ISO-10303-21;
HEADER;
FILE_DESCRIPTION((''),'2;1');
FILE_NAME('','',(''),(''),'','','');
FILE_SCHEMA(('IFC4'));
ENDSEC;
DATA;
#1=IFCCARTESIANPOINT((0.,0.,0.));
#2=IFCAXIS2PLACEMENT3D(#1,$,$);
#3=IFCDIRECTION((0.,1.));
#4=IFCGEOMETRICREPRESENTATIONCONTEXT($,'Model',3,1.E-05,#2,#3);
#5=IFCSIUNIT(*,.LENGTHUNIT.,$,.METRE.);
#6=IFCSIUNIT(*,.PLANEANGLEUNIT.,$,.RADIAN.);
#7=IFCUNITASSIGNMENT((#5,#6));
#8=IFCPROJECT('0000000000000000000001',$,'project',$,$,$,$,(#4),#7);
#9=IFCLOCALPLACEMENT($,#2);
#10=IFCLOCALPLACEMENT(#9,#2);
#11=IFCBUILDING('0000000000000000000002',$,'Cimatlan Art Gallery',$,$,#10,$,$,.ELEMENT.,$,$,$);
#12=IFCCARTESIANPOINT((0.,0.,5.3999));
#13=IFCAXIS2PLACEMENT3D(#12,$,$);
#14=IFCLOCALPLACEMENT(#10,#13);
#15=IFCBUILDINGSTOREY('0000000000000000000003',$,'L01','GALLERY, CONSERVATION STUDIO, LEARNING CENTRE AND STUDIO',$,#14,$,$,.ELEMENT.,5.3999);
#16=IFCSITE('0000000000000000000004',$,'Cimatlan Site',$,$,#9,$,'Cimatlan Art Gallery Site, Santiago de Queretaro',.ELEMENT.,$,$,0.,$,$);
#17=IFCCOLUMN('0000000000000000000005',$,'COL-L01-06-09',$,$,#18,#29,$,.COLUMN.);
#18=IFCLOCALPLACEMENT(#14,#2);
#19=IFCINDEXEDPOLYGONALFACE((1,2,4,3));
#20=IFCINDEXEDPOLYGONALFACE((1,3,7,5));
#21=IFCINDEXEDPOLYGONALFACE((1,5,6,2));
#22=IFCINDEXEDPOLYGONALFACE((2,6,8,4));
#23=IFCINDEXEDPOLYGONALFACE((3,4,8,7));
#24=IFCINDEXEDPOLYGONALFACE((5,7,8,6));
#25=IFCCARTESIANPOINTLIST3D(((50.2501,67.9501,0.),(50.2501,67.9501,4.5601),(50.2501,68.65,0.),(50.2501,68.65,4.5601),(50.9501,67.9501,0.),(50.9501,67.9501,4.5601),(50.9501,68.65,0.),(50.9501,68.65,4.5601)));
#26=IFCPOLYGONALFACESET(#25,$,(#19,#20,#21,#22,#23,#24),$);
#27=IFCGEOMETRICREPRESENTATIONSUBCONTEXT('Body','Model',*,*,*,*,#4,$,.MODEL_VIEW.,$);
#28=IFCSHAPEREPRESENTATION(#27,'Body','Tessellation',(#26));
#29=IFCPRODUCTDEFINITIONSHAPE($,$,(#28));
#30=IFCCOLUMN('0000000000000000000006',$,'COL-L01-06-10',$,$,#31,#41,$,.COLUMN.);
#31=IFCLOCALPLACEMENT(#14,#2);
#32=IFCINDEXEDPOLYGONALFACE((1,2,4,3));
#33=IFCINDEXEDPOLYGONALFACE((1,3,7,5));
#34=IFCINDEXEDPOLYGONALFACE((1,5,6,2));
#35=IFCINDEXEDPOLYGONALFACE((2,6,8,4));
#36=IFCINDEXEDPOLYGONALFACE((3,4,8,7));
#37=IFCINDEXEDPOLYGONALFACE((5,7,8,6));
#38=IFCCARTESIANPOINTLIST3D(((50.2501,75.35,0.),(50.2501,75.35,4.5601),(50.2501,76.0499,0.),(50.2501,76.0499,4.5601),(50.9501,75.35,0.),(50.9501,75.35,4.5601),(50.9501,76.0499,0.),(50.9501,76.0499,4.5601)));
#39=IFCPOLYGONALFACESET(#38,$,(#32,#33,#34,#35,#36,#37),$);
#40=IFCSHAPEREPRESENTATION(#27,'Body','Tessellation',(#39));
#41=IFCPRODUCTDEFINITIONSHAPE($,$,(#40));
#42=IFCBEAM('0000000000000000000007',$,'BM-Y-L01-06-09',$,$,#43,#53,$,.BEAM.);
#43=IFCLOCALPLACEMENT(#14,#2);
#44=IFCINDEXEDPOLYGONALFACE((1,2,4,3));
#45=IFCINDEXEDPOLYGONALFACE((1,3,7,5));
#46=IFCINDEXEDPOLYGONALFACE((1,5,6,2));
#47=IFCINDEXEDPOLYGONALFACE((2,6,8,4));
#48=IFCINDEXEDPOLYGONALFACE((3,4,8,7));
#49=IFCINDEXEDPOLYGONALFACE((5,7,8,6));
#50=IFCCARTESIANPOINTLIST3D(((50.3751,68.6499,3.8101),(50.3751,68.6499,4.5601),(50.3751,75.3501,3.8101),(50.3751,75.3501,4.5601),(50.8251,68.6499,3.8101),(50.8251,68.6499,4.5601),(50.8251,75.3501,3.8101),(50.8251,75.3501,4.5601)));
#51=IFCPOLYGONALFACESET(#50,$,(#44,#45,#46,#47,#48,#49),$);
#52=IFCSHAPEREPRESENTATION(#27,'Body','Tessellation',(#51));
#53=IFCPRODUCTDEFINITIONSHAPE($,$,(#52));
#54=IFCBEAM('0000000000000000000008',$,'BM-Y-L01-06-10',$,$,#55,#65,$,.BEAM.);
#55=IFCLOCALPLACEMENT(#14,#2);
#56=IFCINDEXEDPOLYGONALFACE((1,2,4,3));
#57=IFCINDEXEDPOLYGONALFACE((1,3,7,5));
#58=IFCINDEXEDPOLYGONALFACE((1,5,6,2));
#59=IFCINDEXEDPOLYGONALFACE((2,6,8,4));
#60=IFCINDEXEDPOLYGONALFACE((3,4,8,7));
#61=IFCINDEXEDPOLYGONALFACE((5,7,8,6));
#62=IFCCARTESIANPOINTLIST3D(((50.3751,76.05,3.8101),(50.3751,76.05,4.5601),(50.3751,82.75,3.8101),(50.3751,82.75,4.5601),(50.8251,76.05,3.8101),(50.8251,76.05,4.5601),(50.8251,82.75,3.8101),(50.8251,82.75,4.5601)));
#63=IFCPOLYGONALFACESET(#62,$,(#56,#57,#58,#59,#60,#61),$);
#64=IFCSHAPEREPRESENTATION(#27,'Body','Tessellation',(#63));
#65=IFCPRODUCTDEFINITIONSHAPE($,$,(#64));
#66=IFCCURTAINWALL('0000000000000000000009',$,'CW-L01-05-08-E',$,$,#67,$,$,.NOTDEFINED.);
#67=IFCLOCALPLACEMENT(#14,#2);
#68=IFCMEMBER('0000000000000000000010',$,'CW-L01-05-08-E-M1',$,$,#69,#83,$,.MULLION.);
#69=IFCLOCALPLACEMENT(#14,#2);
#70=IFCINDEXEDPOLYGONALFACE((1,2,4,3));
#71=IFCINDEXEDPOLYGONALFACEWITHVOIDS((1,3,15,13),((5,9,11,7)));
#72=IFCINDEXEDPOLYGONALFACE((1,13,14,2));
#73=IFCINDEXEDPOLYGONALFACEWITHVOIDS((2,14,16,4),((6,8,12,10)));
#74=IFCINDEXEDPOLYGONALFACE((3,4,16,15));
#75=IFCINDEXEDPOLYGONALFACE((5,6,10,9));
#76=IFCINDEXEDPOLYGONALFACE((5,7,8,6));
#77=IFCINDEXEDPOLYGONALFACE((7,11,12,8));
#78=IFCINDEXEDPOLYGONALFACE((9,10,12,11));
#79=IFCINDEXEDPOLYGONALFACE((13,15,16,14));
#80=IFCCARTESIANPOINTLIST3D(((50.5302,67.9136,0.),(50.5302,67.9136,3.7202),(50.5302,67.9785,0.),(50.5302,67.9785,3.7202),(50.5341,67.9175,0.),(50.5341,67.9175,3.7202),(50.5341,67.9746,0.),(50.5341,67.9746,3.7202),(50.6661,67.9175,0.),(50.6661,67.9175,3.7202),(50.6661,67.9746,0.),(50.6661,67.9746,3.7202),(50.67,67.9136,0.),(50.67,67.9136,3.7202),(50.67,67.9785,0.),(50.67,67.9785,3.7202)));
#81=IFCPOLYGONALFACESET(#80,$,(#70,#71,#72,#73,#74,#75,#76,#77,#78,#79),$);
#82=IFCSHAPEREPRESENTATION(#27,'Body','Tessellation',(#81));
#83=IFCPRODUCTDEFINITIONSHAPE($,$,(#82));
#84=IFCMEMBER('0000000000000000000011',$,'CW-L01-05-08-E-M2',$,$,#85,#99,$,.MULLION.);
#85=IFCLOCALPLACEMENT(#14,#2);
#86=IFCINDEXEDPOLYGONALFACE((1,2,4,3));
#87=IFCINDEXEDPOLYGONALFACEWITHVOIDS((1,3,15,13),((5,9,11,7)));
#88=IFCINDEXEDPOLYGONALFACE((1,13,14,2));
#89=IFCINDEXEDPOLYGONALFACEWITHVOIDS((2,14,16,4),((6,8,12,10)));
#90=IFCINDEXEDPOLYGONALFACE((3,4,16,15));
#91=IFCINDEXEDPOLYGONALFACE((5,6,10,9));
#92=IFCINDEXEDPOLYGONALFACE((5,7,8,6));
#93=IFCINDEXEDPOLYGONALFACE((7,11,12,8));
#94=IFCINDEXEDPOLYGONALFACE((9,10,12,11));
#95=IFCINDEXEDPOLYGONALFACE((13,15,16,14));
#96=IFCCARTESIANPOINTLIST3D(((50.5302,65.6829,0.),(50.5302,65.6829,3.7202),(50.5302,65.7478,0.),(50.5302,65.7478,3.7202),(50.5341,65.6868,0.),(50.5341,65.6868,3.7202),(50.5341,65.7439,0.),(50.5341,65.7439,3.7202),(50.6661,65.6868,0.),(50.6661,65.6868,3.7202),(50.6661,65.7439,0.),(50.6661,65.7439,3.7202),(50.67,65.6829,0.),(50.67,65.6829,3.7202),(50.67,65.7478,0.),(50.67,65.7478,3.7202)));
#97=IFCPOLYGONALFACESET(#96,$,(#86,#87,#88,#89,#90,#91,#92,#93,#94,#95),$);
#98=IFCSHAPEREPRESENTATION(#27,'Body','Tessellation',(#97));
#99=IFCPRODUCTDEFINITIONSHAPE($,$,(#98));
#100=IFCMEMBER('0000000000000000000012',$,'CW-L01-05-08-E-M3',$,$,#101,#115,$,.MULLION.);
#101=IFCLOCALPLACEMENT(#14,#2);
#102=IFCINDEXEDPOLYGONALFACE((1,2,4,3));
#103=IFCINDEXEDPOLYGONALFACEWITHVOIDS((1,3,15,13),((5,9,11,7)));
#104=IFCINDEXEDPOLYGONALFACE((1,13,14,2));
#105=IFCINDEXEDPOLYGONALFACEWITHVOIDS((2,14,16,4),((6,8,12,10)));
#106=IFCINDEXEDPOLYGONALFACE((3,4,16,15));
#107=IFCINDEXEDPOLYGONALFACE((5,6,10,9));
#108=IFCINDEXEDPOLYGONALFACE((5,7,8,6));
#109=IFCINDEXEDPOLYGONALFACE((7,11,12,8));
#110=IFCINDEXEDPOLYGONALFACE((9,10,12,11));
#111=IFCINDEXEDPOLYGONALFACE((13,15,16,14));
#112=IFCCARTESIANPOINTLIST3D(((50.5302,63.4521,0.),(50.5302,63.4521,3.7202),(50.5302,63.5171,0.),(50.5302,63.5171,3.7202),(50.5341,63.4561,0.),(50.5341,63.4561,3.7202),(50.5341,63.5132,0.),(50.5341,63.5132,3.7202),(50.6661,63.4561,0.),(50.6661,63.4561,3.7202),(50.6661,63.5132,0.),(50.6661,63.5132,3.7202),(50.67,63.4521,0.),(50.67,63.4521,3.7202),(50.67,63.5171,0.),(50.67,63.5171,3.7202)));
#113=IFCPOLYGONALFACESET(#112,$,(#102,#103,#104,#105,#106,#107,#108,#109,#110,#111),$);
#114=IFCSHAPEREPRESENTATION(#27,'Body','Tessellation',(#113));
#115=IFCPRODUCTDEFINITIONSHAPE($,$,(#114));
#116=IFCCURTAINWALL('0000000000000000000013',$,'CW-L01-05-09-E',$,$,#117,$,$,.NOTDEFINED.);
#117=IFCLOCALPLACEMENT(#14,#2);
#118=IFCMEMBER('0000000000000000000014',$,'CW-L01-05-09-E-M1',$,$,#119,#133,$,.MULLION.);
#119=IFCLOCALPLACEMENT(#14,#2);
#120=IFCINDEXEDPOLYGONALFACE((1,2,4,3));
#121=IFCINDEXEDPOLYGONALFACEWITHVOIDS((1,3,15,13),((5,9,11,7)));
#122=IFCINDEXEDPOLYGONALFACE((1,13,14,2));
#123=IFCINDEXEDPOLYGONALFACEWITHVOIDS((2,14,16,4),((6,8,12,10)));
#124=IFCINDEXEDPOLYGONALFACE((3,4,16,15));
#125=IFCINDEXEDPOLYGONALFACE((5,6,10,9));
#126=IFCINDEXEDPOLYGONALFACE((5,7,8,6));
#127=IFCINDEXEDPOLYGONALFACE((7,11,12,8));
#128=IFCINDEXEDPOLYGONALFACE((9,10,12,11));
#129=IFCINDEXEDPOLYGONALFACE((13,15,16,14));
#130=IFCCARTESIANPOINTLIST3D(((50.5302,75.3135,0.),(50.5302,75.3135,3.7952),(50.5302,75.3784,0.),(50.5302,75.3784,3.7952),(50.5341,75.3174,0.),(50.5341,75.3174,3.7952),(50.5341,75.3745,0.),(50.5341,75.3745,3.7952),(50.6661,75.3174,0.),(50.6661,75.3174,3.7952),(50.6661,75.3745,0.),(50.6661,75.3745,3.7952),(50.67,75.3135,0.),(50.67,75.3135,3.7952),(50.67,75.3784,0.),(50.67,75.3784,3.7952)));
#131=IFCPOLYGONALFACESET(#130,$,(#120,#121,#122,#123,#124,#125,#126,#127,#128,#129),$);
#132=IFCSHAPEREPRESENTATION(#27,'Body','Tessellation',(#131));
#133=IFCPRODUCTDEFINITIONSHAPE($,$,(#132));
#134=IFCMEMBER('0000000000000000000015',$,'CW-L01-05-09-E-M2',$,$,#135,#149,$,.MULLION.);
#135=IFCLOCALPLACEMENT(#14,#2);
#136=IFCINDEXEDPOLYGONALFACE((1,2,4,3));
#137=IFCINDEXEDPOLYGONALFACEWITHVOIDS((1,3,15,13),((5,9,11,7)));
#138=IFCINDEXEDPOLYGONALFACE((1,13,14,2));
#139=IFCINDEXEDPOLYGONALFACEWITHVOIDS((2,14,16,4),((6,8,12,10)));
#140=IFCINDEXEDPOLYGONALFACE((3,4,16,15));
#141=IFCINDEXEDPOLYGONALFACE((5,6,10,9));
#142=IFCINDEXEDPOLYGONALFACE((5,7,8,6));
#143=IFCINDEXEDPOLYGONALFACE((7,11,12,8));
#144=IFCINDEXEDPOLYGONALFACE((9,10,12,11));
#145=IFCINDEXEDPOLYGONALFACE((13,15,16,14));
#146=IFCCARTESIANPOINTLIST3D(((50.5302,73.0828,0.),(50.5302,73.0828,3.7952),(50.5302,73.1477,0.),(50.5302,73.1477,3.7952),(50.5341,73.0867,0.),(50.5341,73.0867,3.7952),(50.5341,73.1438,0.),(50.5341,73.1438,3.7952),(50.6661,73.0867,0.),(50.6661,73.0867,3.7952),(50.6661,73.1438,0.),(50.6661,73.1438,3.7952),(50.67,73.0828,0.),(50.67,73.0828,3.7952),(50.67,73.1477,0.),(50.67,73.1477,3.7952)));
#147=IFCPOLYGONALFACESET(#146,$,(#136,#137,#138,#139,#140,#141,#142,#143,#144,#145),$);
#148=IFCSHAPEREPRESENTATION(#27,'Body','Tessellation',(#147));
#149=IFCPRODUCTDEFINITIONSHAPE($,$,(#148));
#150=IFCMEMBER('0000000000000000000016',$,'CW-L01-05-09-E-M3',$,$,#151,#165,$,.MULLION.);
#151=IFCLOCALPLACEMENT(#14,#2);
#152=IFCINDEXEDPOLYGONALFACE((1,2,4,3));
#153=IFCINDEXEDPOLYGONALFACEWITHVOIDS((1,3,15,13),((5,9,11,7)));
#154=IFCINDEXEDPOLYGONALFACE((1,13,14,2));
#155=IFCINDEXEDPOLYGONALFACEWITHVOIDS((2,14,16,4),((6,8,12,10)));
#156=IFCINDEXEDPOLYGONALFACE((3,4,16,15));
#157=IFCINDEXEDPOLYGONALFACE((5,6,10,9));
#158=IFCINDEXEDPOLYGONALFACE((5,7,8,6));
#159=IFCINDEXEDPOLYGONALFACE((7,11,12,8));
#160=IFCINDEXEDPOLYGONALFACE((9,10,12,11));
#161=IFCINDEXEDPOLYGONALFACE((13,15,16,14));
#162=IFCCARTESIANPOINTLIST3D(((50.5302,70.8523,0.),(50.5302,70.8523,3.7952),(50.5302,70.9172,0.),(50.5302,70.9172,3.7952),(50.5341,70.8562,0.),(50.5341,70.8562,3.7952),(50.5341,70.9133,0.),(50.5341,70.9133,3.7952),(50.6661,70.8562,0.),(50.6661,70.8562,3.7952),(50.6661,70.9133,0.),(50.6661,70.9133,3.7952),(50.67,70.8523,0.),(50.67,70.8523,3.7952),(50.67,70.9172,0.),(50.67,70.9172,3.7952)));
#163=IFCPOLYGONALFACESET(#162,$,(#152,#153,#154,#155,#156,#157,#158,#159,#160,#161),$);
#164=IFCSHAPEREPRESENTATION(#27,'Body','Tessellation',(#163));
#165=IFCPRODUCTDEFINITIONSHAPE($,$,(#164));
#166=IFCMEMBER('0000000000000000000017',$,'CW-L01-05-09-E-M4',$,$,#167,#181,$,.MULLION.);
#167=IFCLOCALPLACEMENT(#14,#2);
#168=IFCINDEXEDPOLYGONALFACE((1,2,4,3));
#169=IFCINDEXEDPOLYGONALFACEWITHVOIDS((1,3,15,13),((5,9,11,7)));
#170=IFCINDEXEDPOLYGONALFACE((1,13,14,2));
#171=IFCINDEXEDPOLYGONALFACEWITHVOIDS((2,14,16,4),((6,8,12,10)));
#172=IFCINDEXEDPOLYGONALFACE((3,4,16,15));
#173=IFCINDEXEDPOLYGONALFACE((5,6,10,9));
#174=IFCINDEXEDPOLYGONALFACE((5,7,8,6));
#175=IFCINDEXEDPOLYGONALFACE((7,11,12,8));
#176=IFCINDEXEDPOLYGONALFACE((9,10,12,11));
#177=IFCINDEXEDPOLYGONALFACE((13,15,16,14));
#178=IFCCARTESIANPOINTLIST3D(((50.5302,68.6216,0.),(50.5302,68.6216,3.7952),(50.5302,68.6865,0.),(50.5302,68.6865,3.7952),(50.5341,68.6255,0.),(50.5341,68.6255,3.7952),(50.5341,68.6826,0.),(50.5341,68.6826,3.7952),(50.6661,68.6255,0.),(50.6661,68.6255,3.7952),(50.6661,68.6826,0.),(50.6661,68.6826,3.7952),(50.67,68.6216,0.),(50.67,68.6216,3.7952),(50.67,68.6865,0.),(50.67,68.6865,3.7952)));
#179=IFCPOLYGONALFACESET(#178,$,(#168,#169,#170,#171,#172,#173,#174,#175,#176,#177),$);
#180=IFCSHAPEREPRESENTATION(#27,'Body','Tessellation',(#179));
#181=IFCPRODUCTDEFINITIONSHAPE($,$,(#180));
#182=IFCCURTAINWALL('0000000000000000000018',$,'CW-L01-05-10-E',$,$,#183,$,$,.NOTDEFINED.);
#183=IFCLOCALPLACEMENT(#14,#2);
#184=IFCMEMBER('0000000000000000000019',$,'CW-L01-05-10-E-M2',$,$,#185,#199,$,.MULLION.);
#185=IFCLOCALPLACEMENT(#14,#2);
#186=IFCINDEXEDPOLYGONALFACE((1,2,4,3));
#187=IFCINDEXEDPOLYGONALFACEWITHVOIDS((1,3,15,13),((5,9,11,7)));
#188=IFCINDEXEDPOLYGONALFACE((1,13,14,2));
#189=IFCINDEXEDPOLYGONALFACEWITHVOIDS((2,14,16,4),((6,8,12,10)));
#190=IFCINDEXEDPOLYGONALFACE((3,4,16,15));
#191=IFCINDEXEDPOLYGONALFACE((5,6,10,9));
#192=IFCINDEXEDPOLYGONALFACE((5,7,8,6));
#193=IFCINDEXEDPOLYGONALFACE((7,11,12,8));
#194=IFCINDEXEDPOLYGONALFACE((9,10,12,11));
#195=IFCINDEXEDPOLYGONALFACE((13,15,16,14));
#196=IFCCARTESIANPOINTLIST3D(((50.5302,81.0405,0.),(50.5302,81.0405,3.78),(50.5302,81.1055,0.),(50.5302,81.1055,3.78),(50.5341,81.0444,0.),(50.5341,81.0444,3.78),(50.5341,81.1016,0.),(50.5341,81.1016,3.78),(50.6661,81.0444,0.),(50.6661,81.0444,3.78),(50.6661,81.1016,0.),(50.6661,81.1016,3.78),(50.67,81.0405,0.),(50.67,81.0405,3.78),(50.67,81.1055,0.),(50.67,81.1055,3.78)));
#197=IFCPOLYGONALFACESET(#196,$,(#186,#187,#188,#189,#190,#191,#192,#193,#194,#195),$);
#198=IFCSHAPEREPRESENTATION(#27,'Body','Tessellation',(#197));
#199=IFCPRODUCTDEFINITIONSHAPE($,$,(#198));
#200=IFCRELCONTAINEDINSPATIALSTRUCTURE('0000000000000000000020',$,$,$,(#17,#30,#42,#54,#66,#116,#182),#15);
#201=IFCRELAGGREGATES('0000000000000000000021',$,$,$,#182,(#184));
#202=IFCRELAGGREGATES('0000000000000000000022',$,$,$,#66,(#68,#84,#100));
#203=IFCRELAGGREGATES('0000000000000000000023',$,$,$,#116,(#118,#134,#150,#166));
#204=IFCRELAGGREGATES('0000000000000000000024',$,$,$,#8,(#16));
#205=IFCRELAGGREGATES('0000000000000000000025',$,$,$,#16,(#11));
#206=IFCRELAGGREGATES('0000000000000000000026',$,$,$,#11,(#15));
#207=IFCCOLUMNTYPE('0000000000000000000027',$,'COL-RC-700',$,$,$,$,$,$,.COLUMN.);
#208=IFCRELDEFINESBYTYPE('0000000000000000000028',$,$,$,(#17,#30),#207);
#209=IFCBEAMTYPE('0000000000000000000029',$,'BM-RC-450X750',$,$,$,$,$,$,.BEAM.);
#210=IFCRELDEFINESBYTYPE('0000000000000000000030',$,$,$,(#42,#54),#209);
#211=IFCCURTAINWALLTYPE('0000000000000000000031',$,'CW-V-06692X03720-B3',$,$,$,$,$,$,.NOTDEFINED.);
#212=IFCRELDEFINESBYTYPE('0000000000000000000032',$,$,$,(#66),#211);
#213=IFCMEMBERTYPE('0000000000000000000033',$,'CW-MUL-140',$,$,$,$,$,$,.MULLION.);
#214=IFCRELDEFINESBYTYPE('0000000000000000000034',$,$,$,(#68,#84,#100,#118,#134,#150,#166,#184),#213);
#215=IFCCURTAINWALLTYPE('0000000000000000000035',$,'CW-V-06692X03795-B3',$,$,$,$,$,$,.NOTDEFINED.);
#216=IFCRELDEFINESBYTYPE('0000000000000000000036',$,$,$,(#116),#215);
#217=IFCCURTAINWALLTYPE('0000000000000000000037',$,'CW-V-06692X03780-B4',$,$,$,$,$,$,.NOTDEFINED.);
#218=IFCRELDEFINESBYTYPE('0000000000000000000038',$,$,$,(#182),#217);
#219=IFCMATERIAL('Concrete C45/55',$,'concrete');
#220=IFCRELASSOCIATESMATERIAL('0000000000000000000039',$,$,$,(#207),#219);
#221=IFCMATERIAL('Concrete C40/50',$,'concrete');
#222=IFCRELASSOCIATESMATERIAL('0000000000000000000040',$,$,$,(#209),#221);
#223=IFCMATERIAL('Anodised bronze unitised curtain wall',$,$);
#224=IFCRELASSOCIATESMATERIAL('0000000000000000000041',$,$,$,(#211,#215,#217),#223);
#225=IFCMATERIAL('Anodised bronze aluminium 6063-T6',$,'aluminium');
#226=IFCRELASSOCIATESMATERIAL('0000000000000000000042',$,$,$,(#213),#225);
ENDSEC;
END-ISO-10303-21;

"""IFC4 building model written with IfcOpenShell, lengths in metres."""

from ifc_helpers import new_model, si_unit, direction, frame, origin, origin_2d, place, context, subcontext, project, spatial, rectangle, hollow_rectangle, extrude, material, material_profile, profile_set, type_object, element, aggregate, save


model = new_model("IFC4")

# Units and contexts
model_context = context("Model", 3, precision=1e-05, world=origin(), true_north=direction((0.0, 1.0)))
body_context = subcontext(model_context, "Body", "Model", "MODEL_VIEW")
ifc_project = project(units=[si_unit("LENGTHUNIT", "METRE"), si_unit("PLANEANGLEUNIT", "RADIAN")], contexts=[model_context])

# Site, building, storey
site_placement = place(None, origin())
site = spatial("IfcSite", under=ifc_project, at=site_placement, Name="Cimatlan Site", LongName="Cimatlan Art Gallery Site, Santiago de Queretaro", CompositionType="ELEMENT", RefElevation=0.0)
building_placement = place(site_placement, origin())
building = spatial("IfcBuilding", under=site, at=building_placement, Name="Cimatlan Art Gallery", CompositionType="ELEMENT")
storey_placement = place(building_placement, frame((0.0, 0.0, 5.3999)))
storey = spatial("IfcBuildingStorey", under=building, at=storey_placement, Name="L01", Description="GALLERY, CONSERVATION STUDIO, LEARNING CENTRE AND STUDIO", CompositionType="ELEMENT", Elevation=5.3999)

# Columns
ifc_material_1 = material(Name="Concrete C45/55", Category="concrete")
ifc_material_profile_1 = material_profile(ifc_material_1, rectangle(XDim=0.7, YDim=0.7, at=origin_2d()), Name="RC700X700")
ifc_profile_set_1 = profile_set([ifc_material_profile_1], Name="Concrete C45/55")
column_type = type_object("IfcColumnType", Name="COL-RC-700", PredefinedType="COLUMN", material=ifc_profile_set_1)
for number, where, z_axis, x_axis, name in (
    (1, (50.6001, 68.3, 0.0), (0.0, 0.0, 1.0), (1.0, 0.0, 0.0), "COL-L01-06-09"),
    (2, (50.6001, 75.7, 0.0), (0.0, 0.0, 1.0), (1.0, 0.0, 0.0), "COL-L01-06-10"),
):
    element("IfcColumn", number, at=place(storey_placement, frame(where, z_axis=z_axis, x_axis=x_axis)), inside=storey, type_object=column_type, Name=name, PredefinedType="COLUMN", context=body_context, shape_type="SweptSolid", body=[
        extrude(rectangle(XDim=0.7, YDim=0.7, at=origin_2d()), origin(), (0.0, 0.0, 1.0), 4.5601),
    ])

# Beams
ifc_material_2 = material(Name="Concrete C40/50", Category="concrete")
ifc_material_profile_2 = material_profile(ifc_material_2, rectangle(XDim=0.45, YDim=0.75, at=origin_2d()), Name="RC450X750")
ifc_profile_set_2 = profile_set([ifc_material_profile_2], Name="Concrete C40/50")
beam_type = type_object("IfcBeamType", Name="BM-RC-450X750", PredefinedType="BEAM", material=ifc_profile_set_2)
beam_1_placement = place(storey_placement, frame((50.6001, 68.6499, 4.1851), z_axis=(0.0, 1.0, 0.0), x_axis=(-1.0, 0.0, 0.0)))
element("IfcBeam", 3, at=beam_1_placement, inside=storey, type_object=beam_type, Name="BM-Y-L01-06-09", PredefinedType="BEAM", context=body_context, shape_type="SweptSolid", body=[
    extrude(rectangle(XDim=0.45, YDim=0.75, at=origin_2d()), origin(), (0.0, 0.0, 1.0), 6.7002),
])
beam_2_placement = place(storey_placement, frame((50.6001, 76.05, 4.1851), z_axis=(0.0, 1.0, 0.0), x_axis=(-1.0, 0.0, 0.0)))
element("IfcBeam", 4, at=beam_2_placement, inside=storey, type_object=beam_type, Name="BM-Y-L01-06-10", PredefinedType="BEAM", context=body_context, shape_type="SweptSolid", body=[
    extrude(rectangle(XDim=0.45, YDim=0.75, at=origin_2d()), origin(), (0.0, 0.0, 1.0), 6.7),
])

# Curtain walls, members
ifc_material_3 = material(Name="Anodised bronze unitised curtain wall")
curtain_wall_type_1 = type_object("IfcCurtainWallType", Name="CW-V-06692X03720-B3", PredefinedType="NOTDEFINED", material=ifc_material_3)
curtain_wall_1_placement = place(storey_placement, origin())
curtain_wall_1 = element("IfcCurtainWall", 5, at=curtain_wall_1_placement, inside=storey, type_object=curtain_wall_type_1, Name="CW-L01-05-08-E", PredefinedType="NOTDEFINED")
ifc_material_4 = material(Name="Anodised bronze aluminium 6063-T6", Category="aluminium")
ifc_material_profile_3 = material_profile(ifc_material_4, hollow_rectangle(XDim=0.0649, YDim=0.1399, WallThickness=0.0039, at=origin_2d()), Name="ALU65X140X4")
ifc_profile_set_3 = profile_set([ifc_material_profile_3], Name="Anodised bronze aluminium 6063-T6")
member_type_1 = type_object("IfcMemberType", Name="CW-MUL-140", PredefinedType="MULLION", material=ifc_profile_set_3)
member_1_placement = place(storey_placement, frame((50.6001, 67.946, 0.0), z_axis=(0.0, 0.0, 1.0), x_axis=(0.0, 1.0, 0.0)))
member_1 = element("IfcMember", 6, at=member_1_placement, type_object=member_type_1, Name="CW-L01-05-08-E-M1", PredefinedType="MULLION", context=body_context, shape_type="SweptSolid", body=[
    extrude(hollow_rectangle(XDim=0.0649, YDim=0.1399, WallThickness=0.0039, at=origin_2d()), origin(), (0.0, 0.0, 1.0), 3.7202),
])
member_2_placement = place(storey_placement, frame((50.6001, 65.7153, 0.0), z_axis=(0.0, 0.0, 1.0), x_axis=(0.0, 1.0, 0.0)))
member_2 = element("IfcMember", 7, at=member_2_placement, type_object=member_type_1, Name="CW-L01-05-08-E-M2", PredefinedType="MULLION", context=body_context, shape_type="SweptSolid", body=[
    extrude(hollow_rectangle(XDim=0.0649, YDim=0.1399, WallThickness=0.0039, at=origin_2d()), origin(), (0.0, 0.0, 1.0), 3.7202),
])
member_3_placement = place(storey_placement, frame((50.6001, 63.4846, 0.0), z_axis=(0.0, 0.0, 1.0), x_axis=(0.0, 1.0, 0.0)))
member_3 = element("IfcMember", 8, at=member_3_placement, type_object=member_type_1, Name="CW-L01-05-08-E-M3", PredefinedType="MULLION", context=body_context, shape_type="SweptSolid", body=[
    extrude(hollow_rectangle(XDim=0.0649, YDim=0.1399, WallThickness=0.0039, at=origin_2d()), origin(), (0.0, 0.0, 1.0), 3.7202),
])
curtain_wall_type_2 = type_object("IfcCurtainWallType", Name="CW-V-06692X03795-B3", PredefinedType="NOTDEFINED", material=ifc_material_3)
curtain_wall_2_placement = place(storey_placement, origin())
curtain_wall_2 = element("IfcCurtainWall", 9, at=curtain_wall_2_placement, inside=storey, type_object=curtain_wall_type_2, Name="CW-L01-05-09-E", PredefinedType="NOTDEFINED")
member_4_placement = place(storey_placement, frame((50.6001, 75.3459, 0.0), z_axis=(0.0, 0.0, 1.0), x_axis=(0.0, 1.0, 0.0)))
member_4 = element("IfcMember", 10, at=member_4_placement, type_object=member_type_1, Name="CW-L01-05-09-E-M1", PredefinedType="MULLION", context=body_context, shape_type="SweptSolid", body=[
    extrude(hollow_rectangle(XDim=0.0649, YDim=0.1399, WallThickness=0.0039, at=origin_2d()), origin(), (0.0, 0.0, 1.0), 3.7952),
])
member_5_placement = place(storey_placement, frame((50.6001, 73.1152, 0.0), z_axis=(0.0, 0.0, 1.0), x_axis=(0.0, 1.0, 0.0)))
member_5 = element("IfcMember", 11, at=member_5_placement, type_object=member_type_1, Name="CW-L01-05-09-E-M2", PredefinedType="MULLION", context=body_context, shape_type="SweptSolid", body=[
    extrude(hollow_rectangle(XDim=0.0649, YDim=0.1399, WallThickness=0.0039, at=origin_2d()), origin(), (0.0, 0.0, 1.0), 3.7952),
])
member_6_placement = place(storey_placement, frame((50.6001, 70.8848, 0.0), z_axis=(0.0, 0.0, 1.0), x_axis=(0.0, 1.0, 0.0)))
member_6 = element("IfcMember", 12, at=member_6_placement, type_object=member_type_1, Name="CW-L01-05-09-E-M3", PredefinedType="MULLION", context=body_context, shape_type="SweptSolid", body=[
    extrude(hollow_rectangle(XDim=0.0649, YDim=0.1399, WallThickness=0.0039, at=origin_2d()), origin(), (0.0, 0.0, 1.0), 3.7952),
])
member_7_placement = place(storey_placement, frame((50.6001, 68.6541, 0.0), z_axis=(0.0, 0.0, 1.0), x_axis=(0.0, 1.0, 0.0)))
member_7 = element("IfcMember", 13, at=member_7_placement, type_object=member_type_1, Name="CW-L01-05-09-E-M4", PredefinedType="MULLION", context=body_context, shape_type="SweptSolid", body=[
    extrude(hollow_rectangle(XDim=0.0649, YDim=0.1399, WallThickness=0.0039, at=origin_2d()), origin(), (0.0, 0.0, 1.0), 3.7952),
])
curtain_wall_type_3 = type_object("IfcCurtainWallType", Name="CW-V-06692X03780-B4", PredefinedType="NOTDEFINED", material=ifc_material_3)
curtain_wall_3_placement = place(storey_placement, origin())
curtain_wall_3 = element("IfcCurtainWall", 14, at=curtain_wall_3_placement, inside=storey, type_object=curtain_wall_type_3, Name="CW-L01-05-10-E", PredefinedType="NOTDEFINED")
member_8_placement = place(storey_placement, frame((50.6001, 81.073, 0.0), z_axis=(0.0, 0.0, 1.0), x_axis=(0.0, 1.0, 0.0)))
member_8 = element("IfcMember", 15, at=member_8_placement, type_object=member_type_1, Name="CW-L01-05-10-E-M2", PredefinedType="MULLION", context=body_context, shape_type="SweptSolid", body=[
    extrude(hollow_rectangle(XDim=0.0649, YDim=0.1399, WallThickness=0.0039, at=origin_2d()), origin(), (0.0, 0.0, 1.0), 3.78),
])

aggregate(curtain_wall_3, [member_8])
aggregate(curtain_wall_1, [member_1, member_2, member_3])
aggregate(curtain_wall_2, [member_4, member_5, member_6, member_7])

save(model, "model.ifc")
